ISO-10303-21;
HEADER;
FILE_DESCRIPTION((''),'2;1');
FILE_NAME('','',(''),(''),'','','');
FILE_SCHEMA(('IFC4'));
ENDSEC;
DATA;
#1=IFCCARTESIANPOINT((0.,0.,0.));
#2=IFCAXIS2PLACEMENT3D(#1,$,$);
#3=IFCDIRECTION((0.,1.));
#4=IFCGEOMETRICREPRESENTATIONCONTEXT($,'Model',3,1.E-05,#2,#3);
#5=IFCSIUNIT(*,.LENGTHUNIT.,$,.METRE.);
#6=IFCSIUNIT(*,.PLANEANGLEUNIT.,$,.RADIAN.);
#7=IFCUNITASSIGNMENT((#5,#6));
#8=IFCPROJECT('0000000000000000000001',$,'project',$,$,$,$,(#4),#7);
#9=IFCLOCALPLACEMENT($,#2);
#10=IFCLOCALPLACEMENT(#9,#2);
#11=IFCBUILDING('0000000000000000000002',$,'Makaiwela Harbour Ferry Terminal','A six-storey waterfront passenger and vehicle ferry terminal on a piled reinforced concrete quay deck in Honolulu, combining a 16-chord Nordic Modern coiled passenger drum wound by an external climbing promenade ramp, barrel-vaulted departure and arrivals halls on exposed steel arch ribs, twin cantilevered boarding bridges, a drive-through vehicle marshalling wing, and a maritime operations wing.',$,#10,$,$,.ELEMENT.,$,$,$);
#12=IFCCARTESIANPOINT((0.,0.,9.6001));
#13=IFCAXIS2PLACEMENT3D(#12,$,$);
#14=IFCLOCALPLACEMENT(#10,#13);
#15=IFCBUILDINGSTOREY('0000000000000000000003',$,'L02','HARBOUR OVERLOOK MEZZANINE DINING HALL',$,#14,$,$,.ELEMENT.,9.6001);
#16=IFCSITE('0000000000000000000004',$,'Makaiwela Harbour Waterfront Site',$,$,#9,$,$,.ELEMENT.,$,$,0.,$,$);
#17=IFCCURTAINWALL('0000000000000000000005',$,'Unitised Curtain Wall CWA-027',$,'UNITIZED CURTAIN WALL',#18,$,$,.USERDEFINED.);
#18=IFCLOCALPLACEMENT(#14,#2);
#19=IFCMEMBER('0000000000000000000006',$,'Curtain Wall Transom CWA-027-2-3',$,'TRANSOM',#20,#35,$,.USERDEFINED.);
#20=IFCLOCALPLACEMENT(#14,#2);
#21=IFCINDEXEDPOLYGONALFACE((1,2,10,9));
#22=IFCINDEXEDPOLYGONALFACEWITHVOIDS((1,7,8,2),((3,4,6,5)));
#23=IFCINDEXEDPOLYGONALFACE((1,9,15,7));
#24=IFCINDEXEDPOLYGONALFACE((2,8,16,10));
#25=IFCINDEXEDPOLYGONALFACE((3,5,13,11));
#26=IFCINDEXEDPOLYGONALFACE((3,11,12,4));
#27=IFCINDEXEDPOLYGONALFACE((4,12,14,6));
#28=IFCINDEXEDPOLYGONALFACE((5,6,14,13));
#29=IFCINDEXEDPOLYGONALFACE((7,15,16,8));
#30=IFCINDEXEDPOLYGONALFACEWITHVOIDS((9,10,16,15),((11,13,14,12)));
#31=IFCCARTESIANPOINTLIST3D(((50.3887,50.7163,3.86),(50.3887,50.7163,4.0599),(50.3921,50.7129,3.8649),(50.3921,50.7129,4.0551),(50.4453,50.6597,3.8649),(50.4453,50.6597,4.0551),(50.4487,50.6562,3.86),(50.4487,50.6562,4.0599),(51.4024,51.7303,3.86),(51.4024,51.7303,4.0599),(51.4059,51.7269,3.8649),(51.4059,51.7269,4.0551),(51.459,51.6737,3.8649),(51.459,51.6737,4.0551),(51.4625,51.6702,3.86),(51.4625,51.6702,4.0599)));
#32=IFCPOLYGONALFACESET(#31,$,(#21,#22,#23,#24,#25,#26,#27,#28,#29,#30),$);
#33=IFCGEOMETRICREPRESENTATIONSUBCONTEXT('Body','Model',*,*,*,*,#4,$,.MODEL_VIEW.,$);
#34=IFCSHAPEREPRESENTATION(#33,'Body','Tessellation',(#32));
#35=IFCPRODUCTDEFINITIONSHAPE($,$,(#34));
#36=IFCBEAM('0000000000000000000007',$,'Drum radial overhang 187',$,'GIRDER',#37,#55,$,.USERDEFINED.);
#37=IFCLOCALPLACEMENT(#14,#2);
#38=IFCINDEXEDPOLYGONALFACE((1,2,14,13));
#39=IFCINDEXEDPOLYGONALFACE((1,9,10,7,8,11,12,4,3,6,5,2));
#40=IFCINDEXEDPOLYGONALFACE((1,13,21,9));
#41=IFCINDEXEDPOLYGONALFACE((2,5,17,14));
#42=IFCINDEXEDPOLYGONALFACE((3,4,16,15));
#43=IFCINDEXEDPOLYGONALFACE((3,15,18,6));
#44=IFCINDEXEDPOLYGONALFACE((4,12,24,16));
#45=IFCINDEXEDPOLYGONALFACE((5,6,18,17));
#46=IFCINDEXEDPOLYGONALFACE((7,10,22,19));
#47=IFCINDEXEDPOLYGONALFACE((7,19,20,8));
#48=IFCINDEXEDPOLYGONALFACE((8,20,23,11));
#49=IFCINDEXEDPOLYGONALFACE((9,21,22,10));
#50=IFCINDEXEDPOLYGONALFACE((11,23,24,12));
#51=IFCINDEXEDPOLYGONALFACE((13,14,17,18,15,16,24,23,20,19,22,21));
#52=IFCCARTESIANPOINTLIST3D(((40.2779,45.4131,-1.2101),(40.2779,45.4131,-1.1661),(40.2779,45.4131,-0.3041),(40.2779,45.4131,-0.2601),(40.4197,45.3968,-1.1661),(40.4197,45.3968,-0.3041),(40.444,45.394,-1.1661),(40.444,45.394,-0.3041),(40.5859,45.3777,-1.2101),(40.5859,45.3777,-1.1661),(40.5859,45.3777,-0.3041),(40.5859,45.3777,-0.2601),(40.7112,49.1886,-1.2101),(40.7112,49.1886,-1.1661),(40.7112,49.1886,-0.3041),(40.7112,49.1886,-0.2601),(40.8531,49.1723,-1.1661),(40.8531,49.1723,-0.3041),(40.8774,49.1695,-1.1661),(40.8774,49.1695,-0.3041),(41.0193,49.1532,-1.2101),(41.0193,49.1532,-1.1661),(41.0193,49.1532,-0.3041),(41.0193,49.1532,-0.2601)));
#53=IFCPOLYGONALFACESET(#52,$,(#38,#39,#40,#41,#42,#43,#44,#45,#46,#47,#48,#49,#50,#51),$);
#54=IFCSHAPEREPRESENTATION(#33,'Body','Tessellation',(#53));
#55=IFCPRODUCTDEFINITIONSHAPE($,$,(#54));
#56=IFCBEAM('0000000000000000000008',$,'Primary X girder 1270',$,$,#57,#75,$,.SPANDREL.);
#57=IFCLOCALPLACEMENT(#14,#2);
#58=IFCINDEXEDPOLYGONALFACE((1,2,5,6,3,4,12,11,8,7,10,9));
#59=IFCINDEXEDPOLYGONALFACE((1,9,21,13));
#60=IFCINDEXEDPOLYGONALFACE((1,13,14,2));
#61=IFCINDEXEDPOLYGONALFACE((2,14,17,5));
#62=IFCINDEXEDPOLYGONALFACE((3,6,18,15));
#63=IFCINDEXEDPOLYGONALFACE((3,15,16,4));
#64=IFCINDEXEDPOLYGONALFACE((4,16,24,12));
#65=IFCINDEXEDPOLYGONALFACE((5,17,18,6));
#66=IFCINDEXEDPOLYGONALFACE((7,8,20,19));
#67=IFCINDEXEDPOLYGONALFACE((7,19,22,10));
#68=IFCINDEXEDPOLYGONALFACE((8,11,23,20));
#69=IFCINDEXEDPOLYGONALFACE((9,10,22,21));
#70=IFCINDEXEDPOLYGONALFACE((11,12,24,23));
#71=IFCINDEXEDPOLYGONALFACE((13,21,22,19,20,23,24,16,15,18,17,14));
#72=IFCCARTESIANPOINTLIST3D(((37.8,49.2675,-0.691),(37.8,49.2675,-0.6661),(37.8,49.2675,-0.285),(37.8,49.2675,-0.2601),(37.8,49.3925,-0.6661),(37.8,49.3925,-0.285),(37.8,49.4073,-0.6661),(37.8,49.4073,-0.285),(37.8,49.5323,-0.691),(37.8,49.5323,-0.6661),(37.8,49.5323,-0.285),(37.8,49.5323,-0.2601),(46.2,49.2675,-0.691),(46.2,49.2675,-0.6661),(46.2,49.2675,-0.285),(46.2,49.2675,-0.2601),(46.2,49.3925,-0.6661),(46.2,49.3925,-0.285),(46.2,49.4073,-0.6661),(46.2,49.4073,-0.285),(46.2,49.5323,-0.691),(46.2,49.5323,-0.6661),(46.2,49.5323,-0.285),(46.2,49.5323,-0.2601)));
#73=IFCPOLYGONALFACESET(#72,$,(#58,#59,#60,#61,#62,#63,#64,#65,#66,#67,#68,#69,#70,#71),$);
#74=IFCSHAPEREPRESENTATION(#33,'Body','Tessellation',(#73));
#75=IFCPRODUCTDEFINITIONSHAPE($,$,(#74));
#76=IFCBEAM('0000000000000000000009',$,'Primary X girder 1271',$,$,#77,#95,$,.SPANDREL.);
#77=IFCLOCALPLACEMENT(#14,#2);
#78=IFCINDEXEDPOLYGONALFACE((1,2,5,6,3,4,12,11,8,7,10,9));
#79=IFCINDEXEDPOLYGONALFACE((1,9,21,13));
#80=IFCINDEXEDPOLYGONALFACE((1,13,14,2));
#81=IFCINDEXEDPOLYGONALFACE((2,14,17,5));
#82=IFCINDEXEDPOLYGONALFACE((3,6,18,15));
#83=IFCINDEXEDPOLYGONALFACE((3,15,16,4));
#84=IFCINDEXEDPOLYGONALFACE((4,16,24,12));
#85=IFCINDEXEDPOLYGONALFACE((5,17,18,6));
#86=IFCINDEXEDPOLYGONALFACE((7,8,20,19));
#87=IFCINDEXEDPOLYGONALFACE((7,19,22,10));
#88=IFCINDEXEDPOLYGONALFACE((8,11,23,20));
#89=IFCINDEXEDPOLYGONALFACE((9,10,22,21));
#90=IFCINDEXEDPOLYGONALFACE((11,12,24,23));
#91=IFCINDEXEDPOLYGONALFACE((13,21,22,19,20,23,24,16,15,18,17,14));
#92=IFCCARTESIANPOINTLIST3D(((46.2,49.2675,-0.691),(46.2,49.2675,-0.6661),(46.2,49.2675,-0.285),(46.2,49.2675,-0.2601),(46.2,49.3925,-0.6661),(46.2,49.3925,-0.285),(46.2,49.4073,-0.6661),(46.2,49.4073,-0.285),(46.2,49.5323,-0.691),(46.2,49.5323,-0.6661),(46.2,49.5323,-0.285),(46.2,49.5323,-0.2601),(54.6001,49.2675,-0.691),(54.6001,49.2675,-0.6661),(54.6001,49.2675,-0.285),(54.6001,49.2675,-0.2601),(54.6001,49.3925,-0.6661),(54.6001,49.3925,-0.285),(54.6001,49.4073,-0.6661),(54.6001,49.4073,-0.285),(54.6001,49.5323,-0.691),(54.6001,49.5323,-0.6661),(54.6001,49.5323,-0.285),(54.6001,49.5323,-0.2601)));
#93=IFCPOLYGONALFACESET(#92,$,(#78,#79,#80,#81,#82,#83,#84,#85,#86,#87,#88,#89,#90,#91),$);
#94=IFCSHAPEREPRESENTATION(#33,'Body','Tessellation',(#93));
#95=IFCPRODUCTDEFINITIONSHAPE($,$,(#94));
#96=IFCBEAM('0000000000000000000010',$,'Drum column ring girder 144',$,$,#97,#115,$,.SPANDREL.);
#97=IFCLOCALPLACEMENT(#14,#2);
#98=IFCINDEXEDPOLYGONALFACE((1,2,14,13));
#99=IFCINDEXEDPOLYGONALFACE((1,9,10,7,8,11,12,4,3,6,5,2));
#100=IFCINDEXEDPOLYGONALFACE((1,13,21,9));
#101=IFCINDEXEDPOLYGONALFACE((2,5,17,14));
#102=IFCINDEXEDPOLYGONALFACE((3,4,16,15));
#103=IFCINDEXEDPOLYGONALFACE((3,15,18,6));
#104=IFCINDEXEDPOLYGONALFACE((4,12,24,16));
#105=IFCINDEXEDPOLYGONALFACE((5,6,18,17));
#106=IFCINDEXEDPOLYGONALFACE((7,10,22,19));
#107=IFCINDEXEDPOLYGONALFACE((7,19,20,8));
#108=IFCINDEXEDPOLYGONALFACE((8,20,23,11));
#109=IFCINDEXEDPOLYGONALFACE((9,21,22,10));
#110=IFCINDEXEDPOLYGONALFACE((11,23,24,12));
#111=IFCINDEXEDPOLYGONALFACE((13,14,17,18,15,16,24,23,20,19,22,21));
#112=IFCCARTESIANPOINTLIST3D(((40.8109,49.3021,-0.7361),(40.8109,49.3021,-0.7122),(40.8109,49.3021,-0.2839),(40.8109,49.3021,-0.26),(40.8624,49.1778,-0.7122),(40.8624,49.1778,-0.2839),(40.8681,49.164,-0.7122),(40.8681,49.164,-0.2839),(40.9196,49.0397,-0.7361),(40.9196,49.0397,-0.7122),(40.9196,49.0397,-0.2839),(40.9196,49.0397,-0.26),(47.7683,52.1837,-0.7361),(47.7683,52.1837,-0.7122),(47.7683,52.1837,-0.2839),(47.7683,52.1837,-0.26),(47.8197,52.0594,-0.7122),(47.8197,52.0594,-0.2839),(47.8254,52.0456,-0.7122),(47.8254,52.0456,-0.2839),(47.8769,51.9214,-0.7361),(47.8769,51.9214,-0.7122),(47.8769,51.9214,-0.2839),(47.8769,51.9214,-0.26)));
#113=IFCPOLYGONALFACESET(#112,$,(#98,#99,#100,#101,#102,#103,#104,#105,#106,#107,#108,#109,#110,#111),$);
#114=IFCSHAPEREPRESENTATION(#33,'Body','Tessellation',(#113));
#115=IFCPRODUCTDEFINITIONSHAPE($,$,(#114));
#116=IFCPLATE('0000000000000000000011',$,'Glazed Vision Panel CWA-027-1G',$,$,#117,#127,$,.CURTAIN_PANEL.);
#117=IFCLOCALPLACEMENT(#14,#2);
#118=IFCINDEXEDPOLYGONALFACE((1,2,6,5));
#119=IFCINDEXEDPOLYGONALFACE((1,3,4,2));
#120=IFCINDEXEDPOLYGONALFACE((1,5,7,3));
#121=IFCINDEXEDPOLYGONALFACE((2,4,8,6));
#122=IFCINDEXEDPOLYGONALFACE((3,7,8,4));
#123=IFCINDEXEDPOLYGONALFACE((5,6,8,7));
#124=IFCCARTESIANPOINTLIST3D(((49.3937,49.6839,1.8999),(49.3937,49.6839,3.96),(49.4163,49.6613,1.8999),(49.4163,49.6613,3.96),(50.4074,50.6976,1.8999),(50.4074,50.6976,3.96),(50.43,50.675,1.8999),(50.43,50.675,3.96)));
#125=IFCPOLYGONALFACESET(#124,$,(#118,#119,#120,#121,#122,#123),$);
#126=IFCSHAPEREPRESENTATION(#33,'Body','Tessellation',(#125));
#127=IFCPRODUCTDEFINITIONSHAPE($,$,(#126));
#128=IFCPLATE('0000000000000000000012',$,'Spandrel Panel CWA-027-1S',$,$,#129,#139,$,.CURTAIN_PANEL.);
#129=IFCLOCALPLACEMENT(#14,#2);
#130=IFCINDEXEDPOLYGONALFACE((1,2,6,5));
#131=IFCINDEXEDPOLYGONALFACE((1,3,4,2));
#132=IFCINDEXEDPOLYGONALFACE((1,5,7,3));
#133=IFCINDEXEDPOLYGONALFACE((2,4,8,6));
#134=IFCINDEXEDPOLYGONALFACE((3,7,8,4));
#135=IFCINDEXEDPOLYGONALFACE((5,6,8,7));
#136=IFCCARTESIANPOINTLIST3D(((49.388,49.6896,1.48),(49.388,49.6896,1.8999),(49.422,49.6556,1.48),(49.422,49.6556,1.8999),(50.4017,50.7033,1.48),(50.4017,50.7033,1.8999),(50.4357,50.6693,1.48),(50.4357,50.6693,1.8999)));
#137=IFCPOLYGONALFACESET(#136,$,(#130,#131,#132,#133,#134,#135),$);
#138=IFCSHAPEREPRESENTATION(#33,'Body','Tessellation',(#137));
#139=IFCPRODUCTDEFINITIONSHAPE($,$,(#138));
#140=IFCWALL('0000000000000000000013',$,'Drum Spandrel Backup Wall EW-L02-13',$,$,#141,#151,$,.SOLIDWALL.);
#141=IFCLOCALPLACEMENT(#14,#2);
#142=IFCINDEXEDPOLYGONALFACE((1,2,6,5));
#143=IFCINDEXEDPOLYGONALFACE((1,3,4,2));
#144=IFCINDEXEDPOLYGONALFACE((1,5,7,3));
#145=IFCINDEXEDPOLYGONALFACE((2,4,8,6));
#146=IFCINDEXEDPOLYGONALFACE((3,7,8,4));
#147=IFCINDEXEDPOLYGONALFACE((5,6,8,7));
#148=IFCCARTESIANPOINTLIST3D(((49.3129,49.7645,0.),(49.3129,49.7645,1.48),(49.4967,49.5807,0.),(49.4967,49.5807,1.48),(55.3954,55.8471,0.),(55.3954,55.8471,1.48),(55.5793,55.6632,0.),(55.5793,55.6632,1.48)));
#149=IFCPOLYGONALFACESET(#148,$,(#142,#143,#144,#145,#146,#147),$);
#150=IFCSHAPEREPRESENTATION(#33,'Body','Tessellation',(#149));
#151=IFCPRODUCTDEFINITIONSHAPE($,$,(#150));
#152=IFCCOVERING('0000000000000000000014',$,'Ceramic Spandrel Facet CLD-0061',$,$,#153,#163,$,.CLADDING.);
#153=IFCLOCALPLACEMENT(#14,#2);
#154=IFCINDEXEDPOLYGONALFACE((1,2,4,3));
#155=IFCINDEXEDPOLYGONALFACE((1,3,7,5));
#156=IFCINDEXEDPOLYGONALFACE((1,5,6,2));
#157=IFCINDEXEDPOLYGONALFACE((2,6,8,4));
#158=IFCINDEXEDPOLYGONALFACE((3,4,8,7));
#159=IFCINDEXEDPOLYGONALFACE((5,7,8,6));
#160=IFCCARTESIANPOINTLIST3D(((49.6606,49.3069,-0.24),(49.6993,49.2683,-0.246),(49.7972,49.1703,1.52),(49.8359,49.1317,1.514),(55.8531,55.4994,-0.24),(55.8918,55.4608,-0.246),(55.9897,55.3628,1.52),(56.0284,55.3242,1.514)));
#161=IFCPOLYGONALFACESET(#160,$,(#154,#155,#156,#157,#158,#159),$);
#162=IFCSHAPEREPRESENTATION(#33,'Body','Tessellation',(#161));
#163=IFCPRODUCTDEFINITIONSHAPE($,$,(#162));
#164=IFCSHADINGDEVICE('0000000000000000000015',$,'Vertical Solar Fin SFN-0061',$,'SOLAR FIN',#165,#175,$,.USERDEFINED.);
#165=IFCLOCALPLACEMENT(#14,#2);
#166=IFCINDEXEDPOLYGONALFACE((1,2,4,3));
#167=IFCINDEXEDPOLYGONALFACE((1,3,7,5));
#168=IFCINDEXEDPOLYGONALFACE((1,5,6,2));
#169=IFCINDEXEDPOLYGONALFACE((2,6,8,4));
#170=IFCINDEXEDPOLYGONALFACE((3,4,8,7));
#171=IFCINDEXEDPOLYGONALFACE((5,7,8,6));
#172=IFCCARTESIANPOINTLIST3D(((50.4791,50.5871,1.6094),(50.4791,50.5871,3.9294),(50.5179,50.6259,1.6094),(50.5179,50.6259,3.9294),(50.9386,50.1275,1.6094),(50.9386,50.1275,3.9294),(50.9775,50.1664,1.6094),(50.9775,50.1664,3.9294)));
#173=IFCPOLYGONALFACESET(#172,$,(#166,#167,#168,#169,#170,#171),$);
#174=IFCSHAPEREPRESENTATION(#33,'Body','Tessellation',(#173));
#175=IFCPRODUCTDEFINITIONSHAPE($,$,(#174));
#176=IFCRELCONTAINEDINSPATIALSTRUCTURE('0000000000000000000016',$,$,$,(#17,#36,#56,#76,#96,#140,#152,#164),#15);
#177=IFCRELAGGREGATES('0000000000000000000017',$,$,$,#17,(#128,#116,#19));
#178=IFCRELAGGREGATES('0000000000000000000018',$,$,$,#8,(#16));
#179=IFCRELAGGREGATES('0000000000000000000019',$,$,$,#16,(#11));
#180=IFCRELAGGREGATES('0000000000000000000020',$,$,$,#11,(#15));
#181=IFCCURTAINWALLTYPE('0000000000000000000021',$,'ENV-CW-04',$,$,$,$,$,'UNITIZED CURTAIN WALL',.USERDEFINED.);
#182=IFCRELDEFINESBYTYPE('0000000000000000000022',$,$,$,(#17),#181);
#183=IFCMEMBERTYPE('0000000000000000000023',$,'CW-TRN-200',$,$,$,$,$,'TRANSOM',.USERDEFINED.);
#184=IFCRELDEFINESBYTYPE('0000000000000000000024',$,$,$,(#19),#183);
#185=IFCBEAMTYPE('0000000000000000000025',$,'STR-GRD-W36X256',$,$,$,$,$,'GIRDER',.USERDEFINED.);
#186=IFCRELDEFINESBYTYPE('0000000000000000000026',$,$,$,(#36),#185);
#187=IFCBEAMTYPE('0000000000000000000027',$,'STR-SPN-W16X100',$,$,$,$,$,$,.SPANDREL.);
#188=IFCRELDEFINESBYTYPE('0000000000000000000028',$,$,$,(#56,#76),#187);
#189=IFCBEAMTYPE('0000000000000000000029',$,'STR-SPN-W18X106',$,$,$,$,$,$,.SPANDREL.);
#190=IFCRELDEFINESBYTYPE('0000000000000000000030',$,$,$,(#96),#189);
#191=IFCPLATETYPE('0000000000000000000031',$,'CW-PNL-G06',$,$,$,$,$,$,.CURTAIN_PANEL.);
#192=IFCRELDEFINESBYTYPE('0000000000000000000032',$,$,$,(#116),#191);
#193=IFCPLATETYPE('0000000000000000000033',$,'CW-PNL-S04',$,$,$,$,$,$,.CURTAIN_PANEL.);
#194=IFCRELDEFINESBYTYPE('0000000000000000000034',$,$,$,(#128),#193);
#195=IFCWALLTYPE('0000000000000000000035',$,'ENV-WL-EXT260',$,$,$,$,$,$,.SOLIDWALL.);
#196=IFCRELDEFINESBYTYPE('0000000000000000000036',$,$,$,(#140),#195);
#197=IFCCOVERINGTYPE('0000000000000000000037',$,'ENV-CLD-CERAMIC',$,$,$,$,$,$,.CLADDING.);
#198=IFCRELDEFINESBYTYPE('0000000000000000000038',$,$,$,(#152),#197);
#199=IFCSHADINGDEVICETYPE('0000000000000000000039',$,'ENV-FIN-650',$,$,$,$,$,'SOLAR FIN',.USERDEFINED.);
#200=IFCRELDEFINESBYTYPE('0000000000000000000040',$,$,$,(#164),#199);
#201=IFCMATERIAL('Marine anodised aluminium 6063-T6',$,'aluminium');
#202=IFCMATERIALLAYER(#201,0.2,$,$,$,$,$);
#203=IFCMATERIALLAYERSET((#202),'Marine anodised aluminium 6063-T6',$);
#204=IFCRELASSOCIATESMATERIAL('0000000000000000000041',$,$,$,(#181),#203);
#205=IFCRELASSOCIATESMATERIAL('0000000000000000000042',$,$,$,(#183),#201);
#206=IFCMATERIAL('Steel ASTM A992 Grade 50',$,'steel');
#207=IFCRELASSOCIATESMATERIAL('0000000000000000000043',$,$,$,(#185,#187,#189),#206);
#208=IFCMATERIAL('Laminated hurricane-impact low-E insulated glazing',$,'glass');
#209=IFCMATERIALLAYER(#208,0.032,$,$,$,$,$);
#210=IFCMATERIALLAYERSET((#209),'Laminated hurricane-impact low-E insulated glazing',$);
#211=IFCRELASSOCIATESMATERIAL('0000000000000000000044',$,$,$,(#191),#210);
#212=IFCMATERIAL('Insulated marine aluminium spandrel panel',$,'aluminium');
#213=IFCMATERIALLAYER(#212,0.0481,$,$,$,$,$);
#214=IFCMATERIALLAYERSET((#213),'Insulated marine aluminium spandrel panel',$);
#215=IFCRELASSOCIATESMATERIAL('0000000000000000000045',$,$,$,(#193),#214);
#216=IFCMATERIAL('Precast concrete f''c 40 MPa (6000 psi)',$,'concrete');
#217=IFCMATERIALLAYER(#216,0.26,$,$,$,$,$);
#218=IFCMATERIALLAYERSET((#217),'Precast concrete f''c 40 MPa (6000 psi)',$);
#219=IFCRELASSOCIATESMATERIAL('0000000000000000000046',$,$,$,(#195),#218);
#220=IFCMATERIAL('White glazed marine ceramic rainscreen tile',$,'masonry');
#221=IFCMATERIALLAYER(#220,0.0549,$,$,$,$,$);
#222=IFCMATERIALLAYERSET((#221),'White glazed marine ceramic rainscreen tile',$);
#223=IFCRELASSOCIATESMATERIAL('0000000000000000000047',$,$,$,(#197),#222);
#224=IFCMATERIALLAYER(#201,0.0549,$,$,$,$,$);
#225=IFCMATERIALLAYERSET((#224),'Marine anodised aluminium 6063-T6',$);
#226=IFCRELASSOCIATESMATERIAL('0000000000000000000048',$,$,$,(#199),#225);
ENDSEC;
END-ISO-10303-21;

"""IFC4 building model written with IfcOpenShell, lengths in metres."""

from ifc_helpers import new_model, si_unit, direction, frame, frame_2d, origin, origin_2d, place, context, subcontext, project, spatial, polyline, rectangle, hollow_rectangle, i_section, outline, extrude, material, layer, layer_set, material_profile, profile_set, type_object, element, aggregate, save


model = new_model("IFC4")

# Units and contexts
model_context = context("Model", 3, precision=1e-05, world=origin(), true_north=direction((0.0, 1.0)))
body_context = subcontext(model_context, "Body", "Model", "MODEL_VIEW")
ifc_project = project(units=[si_unit("LENGTHUNIT", "METRE"), si_unit("PLANEANGLEUNIT", "RADIAN")], contexts=[model_context])

# Site, building, storey
site_placement = place(None, origin())
site = spatial("IfcSite", under=ifc_project, at=site_placement, Name="Makaiwela Harbour Waterfront Site", CompositionType="ELEMENT", RefElevation=0.0)
building_placement = place(site_placement, origin())
building = spatial("IfcBuilding", under=site, at=building_placement, Name="Makaiwela Harbour Ferry Terminal", Description="A six-storey waterfront passenger and vehicle ferry terminal on a piled reinforced concrete quay deck in Honolulu, combining a 16-chord Nordic Modern coiled passenger drum wound by an external climbing promenade ramp, barrel-vaulted departure and arrivals halls on exposed steel arch ribs, twin cantilevered boarding bridges, a drive-through vehicle marshalling wing, and a maritime operations wing.", CompositionType="ELEMENT")
storey_placement = place(building_placement, frame((0.0, 0.0, 9.6001)))
storey = spatial("IfcBuildingStorey", under=building, at=storey_placement, Name="L02", Description="HARBOUR OVERLOOK MEZZANINE DINING HALL", CompositionType="ELEMENT", Elevation=9.6001)

# Shared definitions
ifc_material_1 = material(Name="Steel ASTM A992 Grade 50", Category="steel")

# Curtain wall, member
ifc_material_2 = material(Name="Marine anodised aluminium 6063-T6", Category="aluminium")
ifc_layer_1 = layer(ifc_material_2, 0.2)
ifc_layer_set_1 = layer_set([ifc_layer_1], Name="Marine anodised aluminium 6063-T6")
curtain_wall_type = type_object("IfcCurtainWallType", Name="ENV-CW-04", ElementType="UNITIZED CURTAIN WALL", PredefinedType="USERDEFINED", material=ifc_layer_set_1)
curtain_wall_placement = place(storey_placement, origin())
curtain_wall = element("IfcCurtainWall", 1, at=curtain_wall_placement, inside=storey, type_object=curtain_wall_type, Name="Unitised Curtain Wall CWA-027", ObjectType="UNITIZED CURTAIN WALL", PredefinedType="USERDEFINED")
ifc_material_profile_1 = material_profile(ifc_material_2, hollow_rectangle(XDim=0.085, YDim=0.2, WallThickness=0.0049, at=origin_2d()), Name="CWT-200X85")
ifc_profile_set_1 = profile_set([ifc_material_profile_1], Name="Marine anodised aluminium 6063-T6")
member_type_1 = type_object("IfcMemberType", Name="CW-TRN-200", ElementType="TRANSOM", PredefinedType="USERDEFINED", material=ifc_profile_set_1)
member_1_placement = place(storey_placement, frame((50.4187, 50.6863, 3.96), z_axis=(0.707022, 0.707192, 0.0), x_axis=(-0.707192, 0.707022, 0.0)))
member_1 = element("IfcMember", 2, at=member_1_placement, type_object=member_type_1, Name="Curtain Wall Transom CWA-027-2-3", ObjectType="TRANSOM", PredefinedType="USERDEFINED", context=body_context, shape_type="SweptSolid", body=[
    extrude(hollow_rectangle(XDim=0.085, YDim=0.2, WallThickness=0.0049, at=origin_2d()), origin(), (0.0, 0.0, 1.0), 1.4338),
])

# Beams
ifc_material_profile_2 = material_profile(ifc_material_1, i_section(OverallWidth=0.3101, OverallDepth=0.95, WebThickness=0.0244, FlangeThickness=0.0439, at=origin_2d()), Name="W36X256")
ifc_profile_set_2 = profile_set([ifc_material_profile_2], Name="Steel ASTM A992 Grade 50")
beam_type_1 = type_object("IfcBeamType", Name="STR-GRD-W36X256", ElementType="GIRDER", PredefinedType="USERDEFINED", material=ifc_profile_set_2)
beam_1_placement = place(storey_placement, frame((40.8652, 49.1709, -0.7351), z_axis=(-0.114034, -0.993477, 0.0), x_axis=(0.993477, -0.114034, 0.0)))
element("IfcBeam", 3, at=beam_1_placement, inside=storey, type_object=beam_type_1, Name="Drum radial overhang 187", ObjectType="GIRDER", PredefinedType="USERDEFINED", context=body_context, shape_type="SweptSolid", body=[
    extrude(i_section(OverallWidth=0.3101, OverallDepth=0.95, WebThickness=0.0244, FlangeThickness=0.0439, at=origin_2d()), origin(), (0.0, 0.0, 1.0), 3.8003),
])
ifc_material_profile_3 = material_profile(ifc_material_1, i_section(OverallWidth=0.2649, OverallDepth=0.4309, WebThickness=0.0149, FlangeThickness=0.0249, at=origin_2d()), Name="W16X100")
ifc_profile_set_3 = profile_set([ifc_material_profile_3], Name="Steel ASTM A992 Grade 50")
beam_type_2 = type_object("IfcBeamType", Name="STR-SPN-W16X100", PredefinedType="SPANDREL", material=ifc_profile_set_3)
beam_2_placement = place(storey_placement, frame((37.8, 49.3999, -0.4756), z_axis=(1.0, 0.0, 0.0), x_axis=(0.0, 1.0, 0.0)))
element("IfcBeam", 4, at=beam_2_placement, inside=storey, type_object=beam_type_2, Name="Primary X girder 1270", PredefinedType="SPANDREL", context=body_context, shape_type="SweptSolid", body=[
    extrude(i_section(OverallWidth=0.2649, OverallDepth=0.4309, WebThickness=0.0149, FlangeThickness=0.0249, at=origin_2d()), origin(), (0.0, 0.0, 1.0), 8.3999),
])
beam_3_placement = place(storey_placement, frame((46.2, 49.3999, -0.4756), z_axis=(1.0, 0.0, 0.0), x_axis=(0.0, 1.0, 0.0)))
element("IfcBeam", 5, at=beam_3_placement, inside=storey, type_object=beam_type_2, Name="Primary X girder 1271", PredefinedType="SPANDREL", context=body_context, shape_type="SweptSolid", body=[
    extrude(i_section(OverallWidth=0.2649, OverallDepth=0.4309, WebThickness=0.0149, FlangeThickness=0.0249, at=origin_2d()), origin(), (0.0, 0.0, 1.0), 8.4001),
])
ifc_material_profile_4 = material_profile(ifc_material_1, i_section(OverallWidth=0.2839, OverallDepth=0.4761, WebThickness=0.0149, FlangeThickness=0.0239, at=origin_2d()), Name="W18X106")
ifc_profile_set_4 = profile_set([ifc_material_profile_4], Name="Steel ASTM A992 Grade 50")
beam_type_3 = type_object("IfcBeamType", Name="STR-SPN-W18X106", PredefinedType="SPANDREL", material=ifc_profile_set_4)
beam_4_placement = place(storey_placement, frame((40.8652, 49.1709, -0.498), z_axis=(0.923889, 0.38266, 0.0), x_axis=(-0.38266, 0.923889, 0.0)))
element("IfcBeam", 6, at=beam_4_placement, inside=storey, type_object=beam_type_3, Name="Drum column ring girder 144", PredefinedType="SPANDREL", context=body_context, shape_type="SweptSolid", body=[
    extrude(i_section(OverallWidth=0.2839, OverallDepth=0.4761, WebThickness=0.0149, FlangeThickness=0.0239, at=origin_2d()), origin(), (0.0, 0.0, 1.0), 7.5305),
])

# Plates
ifc_material_3 = material(Name="Laminated hurricane-impact low-E insulated glazing", Category="glass")
ifc_layer_2 = layer(ifc_material_3, 0.032)
ifc_layer_set_2 = layer_set([ifc_layer_2], Name="Laminated hurricane-impact low-E insulated glazing")
plate_type_1 = type_object("IfcPlateType", Name="CW-PNL-G06", PredefinedType="CURTAIN_PANEL", material=ifc_layer_set_2)
plate_1_placement = place(storey_placement, frame((49.9119, 50.1794, 1.8999), z_axis=(0.0, 0.0, 1.0), x_axis=(0.707107, 0.707107, 0.0)))
plate_1 = element("IfcPlate", 7, at=plate_1_placement, type_object=plate_type_1, Name="Glazed Vision Panel CWA-027-1G", PredefinedType="CURTAIN_PANEL", context=body_context, shape_type="SweptSolid", body=[
    extrude(rectangle(XDim=1.4336, YDim=0.032, at=origin_2d()), origin(), (0.0, 0.0, 1.0), 2.0601),
])
ifc_material_4 = material(Name="Insulated marine aluminium spandrel panel", Category="aluminium")
ifc_layer_3 = layer(ifc_material_4, 0.0481)
ifc_layer_set_3 = layer_set([ifc_layer_3], Name="Insulated marine aluminium spandrel panel")
plate_type_2 = type_object("IfcPlateType", Name="CW-PNL-S04", PredefinedType="CURTAIN_PANEL", material=ifc_layer_set_3)
plate_2_placement = place(storey_placement, frame((49.9119, 50.1794, 1.48), z_axis=(0.0, 0.0, 1.0), x_axis=(0.707107, 0.707107, 0.0)))
plate_2 = element("IfcPlate", 8, at=plate_2_placement, type_object=plate_type_2, Name="Spandrel Panel CWA-027-1S", PredefinedType="CURTAIN_PANEL", context=body_context, shape_type="SweptSolid", body=[
    extrude(rectangle(XDim=1.4336, YDim=0.0481, at=origin_2d()), origin(), (0.0, 0.0, 1.0), 0.4199),
])
aggregate(curtain_wall, [plate_2, plate_1, member_1])

# Wall
ifc_material_5 = material(Name="Precast concrete f'c 40 MPa (6000 psi)", Category="concrete")
ifc_layer_4 = layer(ifc_material_5, 0.26)
ifc_layer_set_4 = layer_set([ifc_layer_4], Name="Precast concrete f'c 40 MPa (6000 psi)")
wall_type = type_object("IfcWallType", Name="ENV-WL-EXT260", PredefinedType="SOLIDWALL", material=ifc_layer_set_4)
wall_placement = place(storey_placement, frame((49.4048, 49.6726, 0.0), z_axis=(0.0, 0.0, 1.0), x_axis=(0.707107, 0.707107, 0.0)))
element("IfcWall", 9, at=wall_placement, inside=storey, type_object=wall_type, Name="Drum Spandrel Backup Wall EW-L02-13", PredefinedType="SOLIDWALL", context=body_context, shape_type="SweptSolid", body=[
    extrude(rectangle(XDim=8.6021, YDim=0.26, at=frame_2d((4.301, 0.0))), origin(), (0.0, 0.0, 1.0), 1.48),
])

# Covering
ifc_material_6 = material(Name="White glazed marine ceramic rainscreen tile", Category="masonry")
ifc_layer_5 = layer(ifc_material_6, 0.0549)
ifc_layer_set_5 = layer_set([ifc_layer_5], Name="White glazed marine ceramic rainscreen tile")
covering_type = type_object("IfcCoveringType", Name="ENV-CLD-CERAMIC", PredefinedType="CLADDING", material=ifc_layer_set_5)
covering_placement = place(storey_placement, frame((49.6606, 49.3069, -0.24), z_axis=(-0.702886, 0.702886, 0.109104), x_axis=(0.707107, 0.707107, -0.000002)))
element("IfcCovering", 10, at=covering_placement, inside=storey, type_object=covering_type, Name="Ceramic Spandrel Facet CLD-0061", PredefinedType="CLADDING", context=body_context, shape_type="SweptSolid", body=[
    extrude(outline(polyline([(0.0, 0.0), (8.7575, 0.0), (8.7575, -1.7706), (0.0, -1.7706), (0.0, 0.0)])), origin(), (0.0, 0.0, -1.0), 0.0549),
])

# Shading device
ifc_layer_6 = layer(ifc_material_2, 0.0549)
ifc_layer_set_6 = layer_set([ifc_layer_6], Name="Marine anodised aluminium 6063-T6")
shading_device_type = type_object("IfcShadingDeviceType", Name="ENV-FIN-650", ElementType="SOLAR FIN", PredefinedType="USERDEFINED", material=ifc_layer_set_6)
shading_device_placement = place(storey_placement, frame((50.7283, 50.3767, 1.6094), z_axis=(0.0, 0.0, 1.0), x_axis=(0.707107, -0.707107, 0.0)))
element("IfcShadingDevice", 11, at=shading_device_placement, inside=storey, type_object=shading_device_type, Name="Vertical Solar Fin SFN-0061", ObjectType="SOLAR FIN", PredefinedType="USERDEFINED", context=body_context, shape_type="SweptSolid", body=[
    extrude(rectangle(XDim=0.6499, YDim=0.0549, at=origin_2d()), origin(), (0.0, 0.0, 1.0), 2.3201),
])

save(model, "model.ifc")
